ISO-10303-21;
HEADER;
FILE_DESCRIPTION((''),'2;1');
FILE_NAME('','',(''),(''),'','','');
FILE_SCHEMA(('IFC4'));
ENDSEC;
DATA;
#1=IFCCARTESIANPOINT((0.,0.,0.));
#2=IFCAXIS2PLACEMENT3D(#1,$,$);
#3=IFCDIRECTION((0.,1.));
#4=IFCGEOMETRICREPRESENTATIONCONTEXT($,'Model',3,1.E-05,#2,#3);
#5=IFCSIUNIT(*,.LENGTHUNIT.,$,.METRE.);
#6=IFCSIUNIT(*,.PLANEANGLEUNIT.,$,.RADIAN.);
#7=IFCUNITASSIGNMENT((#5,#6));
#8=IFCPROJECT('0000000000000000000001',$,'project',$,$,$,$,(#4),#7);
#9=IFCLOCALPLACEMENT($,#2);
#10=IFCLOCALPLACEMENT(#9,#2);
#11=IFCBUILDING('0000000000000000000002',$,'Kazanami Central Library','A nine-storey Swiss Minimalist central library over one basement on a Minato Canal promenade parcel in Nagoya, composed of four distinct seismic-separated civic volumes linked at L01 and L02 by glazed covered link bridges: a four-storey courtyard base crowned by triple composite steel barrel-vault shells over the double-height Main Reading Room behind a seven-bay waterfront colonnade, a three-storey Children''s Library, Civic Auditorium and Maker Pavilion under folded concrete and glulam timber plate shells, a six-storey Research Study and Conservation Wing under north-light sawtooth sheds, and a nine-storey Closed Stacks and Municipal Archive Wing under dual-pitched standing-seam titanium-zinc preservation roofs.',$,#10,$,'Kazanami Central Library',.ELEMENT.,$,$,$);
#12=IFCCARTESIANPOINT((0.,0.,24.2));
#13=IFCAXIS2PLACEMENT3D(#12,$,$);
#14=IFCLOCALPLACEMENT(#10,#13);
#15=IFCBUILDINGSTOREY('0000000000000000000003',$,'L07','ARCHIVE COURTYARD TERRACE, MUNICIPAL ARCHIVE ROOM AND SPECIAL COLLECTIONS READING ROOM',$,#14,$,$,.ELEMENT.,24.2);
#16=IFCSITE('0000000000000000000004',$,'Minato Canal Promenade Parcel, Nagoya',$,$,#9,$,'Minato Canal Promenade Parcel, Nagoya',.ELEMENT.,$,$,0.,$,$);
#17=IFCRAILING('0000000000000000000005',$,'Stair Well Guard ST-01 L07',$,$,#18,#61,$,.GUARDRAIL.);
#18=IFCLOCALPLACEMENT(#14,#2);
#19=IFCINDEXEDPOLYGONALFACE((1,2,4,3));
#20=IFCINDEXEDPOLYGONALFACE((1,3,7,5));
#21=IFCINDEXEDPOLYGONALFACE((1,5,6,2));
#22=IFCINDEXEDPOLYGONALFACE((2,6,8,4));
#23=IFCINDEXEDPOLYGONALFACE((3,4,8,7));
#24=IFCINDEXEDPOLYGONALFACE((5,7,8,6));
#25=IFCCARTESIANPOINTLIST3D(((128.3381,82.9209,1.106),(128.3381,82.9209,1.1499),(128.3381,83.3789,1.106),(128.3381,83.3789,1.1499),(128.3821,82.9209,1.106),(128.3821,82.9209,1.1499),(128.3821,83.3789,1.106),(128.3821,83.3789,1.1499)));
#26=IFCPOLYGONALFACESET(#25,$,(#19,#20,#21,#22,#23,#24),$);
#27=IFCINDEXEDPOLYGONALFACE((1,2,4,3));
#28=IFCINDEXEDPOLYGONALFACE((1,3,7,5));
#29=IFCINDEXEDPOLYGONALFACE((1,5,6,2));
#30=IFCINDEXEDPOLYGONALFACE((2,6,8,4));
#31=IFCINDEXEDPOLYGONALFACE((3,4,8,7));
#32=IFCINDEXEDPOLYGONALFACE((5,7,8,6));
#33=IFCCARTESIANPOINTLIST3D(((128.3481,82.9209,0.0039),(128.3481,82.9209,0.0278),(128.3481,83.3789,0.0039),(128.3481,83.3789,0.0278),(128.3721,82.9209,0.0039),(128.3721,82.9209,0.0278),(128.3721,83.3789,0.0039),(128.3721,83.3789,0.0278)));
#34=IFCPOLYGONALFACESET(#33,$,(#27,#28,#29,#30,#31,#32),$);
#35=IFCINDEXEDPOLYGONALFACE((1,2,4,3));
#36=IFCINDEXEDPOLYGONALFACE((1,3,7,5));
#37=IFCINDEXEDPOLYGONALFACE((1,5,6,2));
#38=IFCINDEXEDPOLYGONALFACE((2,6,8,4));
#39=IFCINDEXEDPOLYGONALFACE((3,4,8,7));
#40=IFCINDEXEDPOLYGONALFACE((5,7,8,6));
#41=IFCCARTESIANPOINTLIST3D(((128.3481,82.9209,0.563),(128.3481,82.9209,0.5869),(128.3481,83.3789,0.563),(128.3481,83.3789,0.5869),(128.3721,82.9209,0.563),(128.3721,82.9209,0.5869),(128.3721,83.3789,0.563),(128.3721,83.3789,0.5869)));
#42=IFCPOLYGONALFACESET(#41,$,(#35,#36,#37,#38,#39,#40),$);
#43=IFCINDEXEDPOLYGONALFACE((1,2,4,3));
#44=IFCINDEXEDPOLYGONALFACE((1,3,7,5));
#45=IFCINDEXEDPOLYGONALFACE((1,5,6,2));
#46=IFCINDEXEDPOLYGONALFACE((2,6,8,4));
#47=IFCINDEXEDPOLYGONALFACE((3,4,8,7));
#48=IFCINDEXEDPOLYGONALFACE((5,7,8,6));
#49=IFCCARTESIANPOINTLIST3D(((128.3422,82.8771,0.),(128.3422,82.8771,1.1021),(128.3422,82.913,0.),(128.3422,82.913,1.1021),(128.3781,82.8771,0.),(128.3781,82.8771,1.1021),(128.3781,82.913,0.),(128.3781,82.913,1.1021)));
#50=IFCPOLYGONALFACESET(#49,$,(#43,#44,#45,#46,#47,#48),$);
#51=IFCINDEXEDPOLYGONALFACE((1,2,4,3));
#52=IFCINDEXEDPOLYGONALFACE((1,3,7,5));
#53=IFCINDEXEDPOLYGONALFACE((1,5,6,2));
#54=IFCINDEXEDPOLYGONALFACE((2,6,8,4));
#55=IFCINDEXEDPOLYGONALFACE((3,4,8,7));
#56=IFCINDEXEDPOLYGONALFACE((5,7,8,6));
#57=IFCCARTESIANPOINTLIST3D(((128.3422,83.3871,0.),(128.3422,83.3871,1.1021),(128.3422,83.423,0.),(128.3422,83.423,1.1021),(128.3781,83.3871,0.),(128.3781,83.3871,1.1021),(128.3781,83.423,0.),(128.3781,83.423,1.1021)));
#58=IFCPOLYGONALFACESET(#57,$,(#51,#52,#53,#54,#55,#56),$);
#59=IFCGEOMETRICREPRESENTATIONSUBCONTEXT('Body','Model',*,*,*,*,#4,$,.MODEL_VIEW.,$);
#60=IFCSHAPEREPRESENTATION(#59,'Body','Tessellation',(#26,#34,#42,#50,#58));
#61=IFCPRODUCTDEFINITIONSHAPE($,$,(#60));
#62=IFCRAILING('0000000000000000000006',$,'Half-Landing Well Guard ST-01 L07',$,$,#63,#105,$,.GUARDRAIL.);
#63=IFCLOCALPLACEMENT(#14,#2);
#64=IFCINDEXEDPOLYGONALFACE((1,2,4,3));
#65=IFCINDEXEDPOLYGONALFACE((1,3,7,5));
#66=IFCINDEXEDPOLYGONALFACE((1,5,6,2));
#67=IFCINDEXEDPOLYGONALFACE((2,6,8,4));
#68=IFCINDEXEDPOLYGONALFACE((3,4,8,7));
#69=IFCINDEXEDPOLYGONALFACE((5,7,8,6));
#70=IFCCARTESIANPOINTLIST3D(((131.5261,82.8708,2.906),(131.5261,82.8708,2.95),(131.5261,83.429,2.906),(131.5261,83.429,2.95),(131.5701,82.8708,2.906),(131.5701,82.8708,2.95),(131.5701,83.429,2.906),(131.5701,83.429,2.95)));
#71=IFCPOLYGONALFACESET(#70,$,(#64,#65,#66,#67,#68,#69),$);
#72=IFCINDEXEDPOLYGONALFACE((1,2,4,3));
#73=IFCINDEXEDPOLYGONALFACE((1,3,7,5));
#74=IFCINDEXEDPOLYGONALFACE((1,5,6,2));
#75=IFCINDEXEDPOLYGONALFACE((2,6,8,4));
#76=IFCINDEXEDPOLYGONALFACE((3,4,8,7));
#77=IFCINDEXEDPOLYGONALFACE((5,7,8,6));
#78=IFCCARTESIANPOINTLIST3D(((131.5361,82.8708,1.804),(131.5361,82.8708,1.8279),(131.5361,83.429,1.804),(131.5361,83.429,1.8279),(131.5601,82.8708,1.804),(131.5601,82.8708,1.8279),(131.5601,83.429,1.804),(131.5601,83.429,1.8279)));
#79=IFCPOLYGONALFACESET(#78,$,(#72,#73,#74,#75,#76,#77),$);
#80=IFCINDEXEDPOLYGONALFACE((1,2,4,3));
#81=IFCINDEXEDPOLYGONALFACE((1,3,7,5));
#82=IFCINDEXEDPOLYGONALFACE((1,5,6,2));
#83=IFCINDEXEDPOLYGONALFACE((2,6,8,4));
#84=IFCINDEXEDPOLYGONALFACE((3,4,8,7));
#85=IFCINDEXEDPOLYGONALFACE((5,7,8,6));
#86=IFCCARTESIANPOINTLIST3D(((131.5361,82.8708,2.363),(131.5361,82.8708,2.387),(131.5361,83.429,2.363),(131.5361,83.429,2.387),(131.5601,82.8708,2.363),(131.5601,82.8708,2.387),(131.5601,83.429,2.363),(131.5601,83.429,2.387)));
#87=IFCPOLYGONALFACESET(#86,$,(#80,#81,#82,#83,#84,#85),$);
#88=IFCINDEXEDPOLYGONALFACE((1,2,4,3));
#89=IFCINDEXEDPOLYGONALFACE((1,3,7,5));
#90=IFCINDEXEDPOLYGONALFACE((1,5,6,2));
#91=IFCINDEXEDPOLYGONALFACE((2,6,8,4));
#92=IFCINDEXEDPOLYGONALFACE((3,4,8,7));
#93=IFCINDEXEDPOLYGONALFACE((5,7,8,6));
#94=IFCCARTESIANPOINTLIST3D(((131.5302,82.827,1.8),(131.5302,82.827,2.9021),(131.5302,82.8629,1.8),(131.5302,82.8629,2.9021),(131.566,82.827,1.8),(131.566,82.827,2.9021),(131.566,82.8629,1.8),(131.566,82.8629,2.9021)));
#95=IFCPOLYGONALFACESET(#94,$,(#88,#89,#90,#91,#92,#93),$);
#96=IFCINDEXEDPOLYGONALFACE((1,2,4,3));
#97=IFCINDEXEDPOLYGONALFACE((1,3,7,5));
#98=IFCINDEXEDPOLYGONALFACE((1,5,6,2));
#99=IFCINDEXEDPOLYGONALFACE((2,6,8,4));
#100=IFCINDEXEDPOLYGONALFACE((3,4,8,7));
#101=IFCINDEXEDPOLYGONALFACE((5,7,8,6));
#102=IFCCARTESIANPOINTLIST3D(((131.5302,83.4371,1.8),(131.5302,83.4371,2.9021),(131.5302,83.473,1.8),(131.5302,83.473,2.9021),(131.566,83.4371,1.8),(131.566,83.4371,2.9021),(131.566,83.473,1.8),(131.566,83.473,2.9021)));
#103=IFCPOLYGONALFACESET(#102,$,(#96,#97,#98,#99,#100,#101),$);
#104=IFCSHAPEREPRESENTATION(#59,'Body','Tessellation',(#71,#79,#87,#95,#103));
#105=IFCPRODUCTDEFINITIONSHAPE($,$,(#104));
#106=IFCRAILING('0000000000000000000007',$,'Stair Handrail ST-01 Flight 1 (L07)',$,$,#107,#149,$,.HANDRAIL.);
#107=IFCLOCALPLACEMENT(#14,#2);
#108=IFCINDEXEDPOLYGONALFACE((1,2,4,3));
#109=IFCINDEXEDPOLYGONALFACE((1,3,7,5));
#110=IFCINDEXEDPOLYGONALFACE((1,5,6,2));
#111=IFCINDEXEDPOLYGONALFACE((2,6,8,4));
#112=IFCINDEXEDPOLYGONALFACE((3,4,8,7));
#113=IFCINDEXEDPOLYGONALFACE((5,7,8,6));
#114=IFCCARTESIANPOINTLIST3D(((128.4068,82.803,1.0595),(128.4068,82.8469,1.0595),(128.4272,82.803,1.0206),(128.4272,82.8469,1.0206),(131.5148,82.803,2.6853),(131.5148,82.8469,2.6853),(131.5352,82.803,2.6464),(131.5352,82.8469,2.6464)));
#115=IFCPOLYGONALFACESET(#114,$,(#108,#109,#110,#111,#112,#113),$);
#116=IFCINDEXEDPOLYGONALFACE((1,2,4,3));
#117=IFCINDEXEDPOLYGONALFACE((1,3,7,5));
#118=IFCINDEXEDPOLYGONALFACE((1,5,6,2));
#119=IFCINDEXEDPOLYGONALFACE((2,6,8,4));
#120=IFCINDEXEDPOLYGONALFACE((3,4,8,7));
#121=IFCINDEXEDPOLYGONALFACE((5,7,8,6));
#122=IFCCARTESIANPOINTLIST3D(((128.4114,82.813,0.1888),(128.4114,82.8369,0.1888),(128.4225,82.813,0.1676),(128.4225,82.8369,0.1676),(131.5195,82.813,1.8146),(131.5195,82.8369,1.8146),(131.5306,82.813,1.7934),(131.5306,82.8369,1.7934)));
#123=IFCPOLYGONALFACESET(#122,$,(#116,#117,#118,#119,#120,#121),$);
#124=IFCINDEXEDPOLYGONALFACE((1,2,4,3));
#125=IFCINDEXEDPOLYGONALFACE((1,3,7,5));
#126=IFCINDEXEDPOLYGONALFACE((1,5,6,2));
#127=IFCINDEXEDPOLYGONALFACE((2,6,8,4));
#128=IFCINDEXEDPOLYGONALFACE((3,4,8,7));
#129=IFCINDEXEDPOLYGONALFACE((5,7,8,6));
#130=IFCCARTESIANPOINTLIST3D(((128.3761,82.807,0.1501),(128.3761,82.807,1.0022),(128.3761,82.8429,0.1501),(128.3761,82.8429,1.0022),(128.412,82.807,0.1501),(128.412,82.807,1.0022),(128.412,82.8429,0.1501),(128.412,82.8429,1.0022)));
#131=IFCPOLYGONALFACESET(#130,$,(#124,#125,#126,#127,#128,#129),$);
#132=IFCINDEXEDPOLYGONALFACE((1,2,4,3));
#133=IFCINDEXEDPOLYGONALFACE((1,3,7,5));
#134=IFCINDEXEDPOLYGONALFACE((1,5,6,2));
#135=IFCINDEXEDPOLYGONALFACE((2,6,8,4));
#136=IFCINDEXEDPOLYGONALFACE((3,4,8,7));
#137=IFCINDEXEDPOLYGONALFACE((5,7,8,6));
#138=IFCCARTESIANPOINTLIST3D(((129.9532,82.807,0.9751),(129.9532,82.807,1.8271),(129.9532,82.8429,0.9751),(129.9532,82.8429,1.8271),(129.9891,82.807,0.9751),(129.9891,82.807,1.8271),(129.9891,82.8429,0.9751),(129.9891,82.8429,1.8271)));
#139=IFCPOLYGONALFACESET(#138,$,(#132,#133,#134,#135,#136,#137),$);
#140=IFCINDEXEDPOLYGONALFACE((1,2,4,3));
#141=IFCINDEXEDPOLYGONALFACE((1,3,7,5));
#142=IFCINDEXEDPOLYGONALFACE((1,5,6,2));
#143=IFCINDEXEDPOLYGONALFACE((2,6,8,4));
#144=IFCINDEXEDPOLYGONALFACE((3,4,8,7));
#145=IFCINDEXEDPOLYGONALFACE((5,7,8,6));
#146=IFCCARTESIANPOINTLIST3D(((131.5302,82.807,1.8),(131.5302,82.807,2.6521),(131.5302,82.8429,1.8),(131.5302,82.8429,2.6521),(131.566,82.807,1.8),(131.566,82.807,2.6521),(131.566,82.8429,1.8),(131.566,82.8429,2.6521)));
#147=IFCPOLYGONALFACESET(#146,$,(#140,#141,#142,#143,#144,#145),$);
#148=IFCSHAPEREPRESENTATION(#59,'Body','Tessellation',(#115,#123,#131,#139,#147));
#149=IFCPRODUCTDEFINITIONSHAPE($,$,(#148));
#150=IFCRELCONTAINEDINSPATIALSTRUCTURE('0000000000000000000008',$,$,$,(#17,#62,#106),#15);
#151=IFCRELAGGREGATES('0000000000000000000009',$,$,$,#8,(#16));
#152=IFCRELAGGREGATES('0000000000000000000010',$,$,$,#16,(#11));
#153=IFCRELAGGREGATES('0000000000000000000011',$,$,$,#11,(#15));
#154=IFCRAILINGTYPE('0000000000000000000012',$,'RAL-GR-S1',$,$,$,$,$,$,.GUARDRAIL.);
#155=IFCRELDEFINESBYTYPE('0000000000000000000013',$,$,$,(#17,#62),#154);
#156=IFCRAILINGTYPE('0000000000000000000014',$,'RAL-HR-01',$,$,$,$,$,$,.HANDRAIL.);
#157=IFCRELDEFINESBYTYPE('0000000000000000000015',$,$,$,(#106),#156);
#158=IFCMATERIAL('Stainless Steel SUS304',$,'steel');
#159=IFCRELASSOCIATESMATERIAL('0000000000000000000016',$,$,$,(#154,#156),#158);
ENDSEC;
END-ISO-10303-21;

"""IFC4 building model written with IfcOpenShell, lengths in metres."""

from ifc_helpers import new_model, si_unit, direction, frame, origin, origin_2d, place, context, subcontext, project, spatial, rectangle, extrude, material, type_object, element, save


model = new_model("IFC4")

# Units and contexts
model_context = context("Model", 3, precision=1e-05, world=origin(), true_north=direction((0.0, 1.0)))
body_context = subcontext(model_context, "Body", "Model", "MODEL_VIEW")
ifc_project = project(units=[si_unit("LENGTHUNIT", "METRE"), si_unit("PLANEANGLEUNIT", "RADIAN")], contexts=[model_context])

# Site, building, storey
site_placement = place(None, origin())
site = spatial("IfcSite", under=ifc_project, at=site_placement, Name="Minato Canal Promenade Parcel, Nagoya", LongName="Minato Canal Promenade Parcel, Nagoya", CompositionType="ELEMENT", RefElevation=0.0)
building_placement = place(site_placement, origin())
building = spatial("IfcBuilding", under=site, at=building_placement, Name="Kazanami Central Library", Description="A nine-storey Swiss Minimalist central library over one basement on a Minato Canal promenade parcel in Nagoya, composed of four distinct seismic-separated civic volumes linked at L01 and L02 by glazed covered link bridges: a four-storey courtyard base crowned by triple composite steel barrel-vault shells over the double-height Main Reading Room behind a seven-bay waterfront colonnade, a three-storey Children's Library, Civic Auditorium and Maker Pavilion under folded concrete and glulam timber plate shells, a six-storey Research Study and Conservation Wing under north-light sawtooth sheds, and a nine-storey Closed Stacks and Municipal Archive Wing under dual-pitched standing-seam titanium-zinc preservation roofs.", LongName="Kazanami Central Library", CompositionType="ELEMENT")
storey_placement = place(building_placement, frame((0.0, 0.0, 24.2)))
storey = spatial("IfcBuildingStorey", under=building, at=storey_placement, Name="L07", Description="ARCHIVE COURTYARD TERRACE, MUNICIPAL ARCHIVE ROOM AND SPECIAL COLLECTIONS READING ROOM", CompositionType="ELEMENT", Elevation=24.2)

# Railings
ifc_material_1 = material(Name="Stainless Steel SUS304", Category="steel")
railing_type_1 = type_object("IfcRailingType", Name="RAL-GR-S1", PredefinedType="GUARDRAIL", material=ifc_material_1)
railing_1_placement = place(storey_placement, frame((128.3601, 82.895, 0.0)))
element("IfcRailing", 1, at=railing_1_placement, inside=storey, type_object=railing_type_1, Name="Stair Well Guard ST-01 L07", PredefinedType="GUARDRAIL", context=body_context, shape_type="SweptSolid", body=[
    extrude(rectangle(XDim=0.0439, YDim=0.0439, at=origin_2d()), frame((0.0, 0.0259, 1.1279), z_axis=(0.0, 1.0, 0.0), x_axis=(-1.0, 0.0, 0.0)), (0.0, 0.0, 1.0), 0.458),
    extrude(rectangle(XDim=0.0239, YDim=0.0239, at=origin_2d()), frame((0.0, 0.0259, 0.0159), z_axis=(0.0, 1.0, 0.0), x_axis=(-1.0, 0.0, 0.0)), (0.0, 0.0, 1.0), 0.458),
    extrude(rectangle(XDim=0.0239, YDim=0.0239, at=origin_2d()), frame((0.0, 0.0259, 0.575), z_axis=(0.0, 1.0, 0.0), x_axis=(-1.0, 0.0, 0.0)), (0.0, 0.0, 1.0), 0.458),
    extrude(rectangle(XDim=0.0359, YDim=0.0359, at=origin_2d()), origin(), (0.0, 0.0, 1.0), 1.1021),
    extrude(rectangle(XDim=0.0359, YDim=0.0359, at=origin_2d()), frame((0.0, 0.51, 0.0)), (0.0, 0.0, 1.0), 1.1021),
])
railing_2_placement = place(storey_placement, frame((131.5481, 82.845, 1.8)))
element("IfcRailing", 2, at=railing_2_placement, inside=storey, type_object=railing_type_1, Name="Half-Landing Well Guard ST-01 L07", PredefinedType="GUARDRAIL", context=body_context, shape_type="SweptSolid", body=[
    extrude(rectangle(XDim=0.0439, YDim=0.0439, at=origin_2d()), frame((0.0, 0.0259, 1.1279), z_axis=(0.0, 1.0, 0.0), x_axis=(-1.0, 0.0, 0.0)), (0.0, 0.0, 1.0), 0.5581),
    extrude(rectangle(XDim=0.0239, YDim=0.0239, at=origin_2d()), frame((0.0, 0.0259, 0.0159), z_axis=(0.0, 1.0, 0.0), x_axis=(-1.0, 0.0, 0.0)), (0.0, 0.0, 1.0), 0.5581),
    extrude(rectangle(XDim=0.0239, YDim=0.0239, at=origin_2d()), frame((0.0, 0.0259, 0.575), z_axis=(0.0, 1.0, 0.0), x_axis=(-1.0, 0.0, 0.0)), (0.0, 0.0, 1.0), 0.5581),
    extrude(rectangle(XDim=0.0359, YDim=0.0359, at=origin_2d()), origin(), (0.0, 0.0, 1.0), 1.1021),
    extrude(rectangle(XDim=0.0359, YDim=0.0359, at=origin_2d()), frame((0.0, 0.6101, 0.0)), (0.0, 0.0, 1.0), 1.1021),
])
railing_type_2 = type_object("IfcRailingType", Name="RAL-HR-01", PredefinedType="HANDRAIL", material=ifc_material_1)
railing_3_placement = place(storey_placement, frame((128.394, 82.825, 0.1501)))
element("IfcRailing", 3, at=railing_3_placement, inside=storey, type_object=railing_type_2, Name="Stair Handrail ST-01 Flight 1 (L07)", PredefinedType="HANDRAIL", context=body_context, shape_type="SweptSolid", body=[
    extrude(rectangle(XDim=0.0439, YDim=0.0439, at=origin_2d()), frame((0.0229, 0.0, 0.8899), z_axis=(0.886088, 0.0, 0.463517), x_axis=(0.0, 1.0, 0.0)), (0.0, 0.0, 1.0), 3.5076),
    extrude(rectangle(XDim=0.0239, YDim=0.0239, at=origin_2d()), frame((0.0229, 0.0, 0.0281), z_axis=(0.886088, 0.0, 0.463517), x_axis=(0.0, 1.0, 0.0)), (0.0, 0.0, 1.0), 3.5076),
    extrude(rectangle(XDim=0.0359, YDim=0.0359, at=origin_2d()), origin(), (0.0, 0.0, 1.0), 0.8521),
    extrude(rectangle(XDim=0.0359, YDim=0.0359, at=origin_2d()), frame((1.5771, 0.0, 0.825)), (0.0, 0.0, 1.0), 0.8521),
    extrude(rectangle(XDim=0.0359, YDim=0.0359, at=origin_2d()), frame((3.1541, 0.0, 1.6499)), (0.0, 0.0, 1.0), 0.8521),
])

save(model, "model.ifc")
